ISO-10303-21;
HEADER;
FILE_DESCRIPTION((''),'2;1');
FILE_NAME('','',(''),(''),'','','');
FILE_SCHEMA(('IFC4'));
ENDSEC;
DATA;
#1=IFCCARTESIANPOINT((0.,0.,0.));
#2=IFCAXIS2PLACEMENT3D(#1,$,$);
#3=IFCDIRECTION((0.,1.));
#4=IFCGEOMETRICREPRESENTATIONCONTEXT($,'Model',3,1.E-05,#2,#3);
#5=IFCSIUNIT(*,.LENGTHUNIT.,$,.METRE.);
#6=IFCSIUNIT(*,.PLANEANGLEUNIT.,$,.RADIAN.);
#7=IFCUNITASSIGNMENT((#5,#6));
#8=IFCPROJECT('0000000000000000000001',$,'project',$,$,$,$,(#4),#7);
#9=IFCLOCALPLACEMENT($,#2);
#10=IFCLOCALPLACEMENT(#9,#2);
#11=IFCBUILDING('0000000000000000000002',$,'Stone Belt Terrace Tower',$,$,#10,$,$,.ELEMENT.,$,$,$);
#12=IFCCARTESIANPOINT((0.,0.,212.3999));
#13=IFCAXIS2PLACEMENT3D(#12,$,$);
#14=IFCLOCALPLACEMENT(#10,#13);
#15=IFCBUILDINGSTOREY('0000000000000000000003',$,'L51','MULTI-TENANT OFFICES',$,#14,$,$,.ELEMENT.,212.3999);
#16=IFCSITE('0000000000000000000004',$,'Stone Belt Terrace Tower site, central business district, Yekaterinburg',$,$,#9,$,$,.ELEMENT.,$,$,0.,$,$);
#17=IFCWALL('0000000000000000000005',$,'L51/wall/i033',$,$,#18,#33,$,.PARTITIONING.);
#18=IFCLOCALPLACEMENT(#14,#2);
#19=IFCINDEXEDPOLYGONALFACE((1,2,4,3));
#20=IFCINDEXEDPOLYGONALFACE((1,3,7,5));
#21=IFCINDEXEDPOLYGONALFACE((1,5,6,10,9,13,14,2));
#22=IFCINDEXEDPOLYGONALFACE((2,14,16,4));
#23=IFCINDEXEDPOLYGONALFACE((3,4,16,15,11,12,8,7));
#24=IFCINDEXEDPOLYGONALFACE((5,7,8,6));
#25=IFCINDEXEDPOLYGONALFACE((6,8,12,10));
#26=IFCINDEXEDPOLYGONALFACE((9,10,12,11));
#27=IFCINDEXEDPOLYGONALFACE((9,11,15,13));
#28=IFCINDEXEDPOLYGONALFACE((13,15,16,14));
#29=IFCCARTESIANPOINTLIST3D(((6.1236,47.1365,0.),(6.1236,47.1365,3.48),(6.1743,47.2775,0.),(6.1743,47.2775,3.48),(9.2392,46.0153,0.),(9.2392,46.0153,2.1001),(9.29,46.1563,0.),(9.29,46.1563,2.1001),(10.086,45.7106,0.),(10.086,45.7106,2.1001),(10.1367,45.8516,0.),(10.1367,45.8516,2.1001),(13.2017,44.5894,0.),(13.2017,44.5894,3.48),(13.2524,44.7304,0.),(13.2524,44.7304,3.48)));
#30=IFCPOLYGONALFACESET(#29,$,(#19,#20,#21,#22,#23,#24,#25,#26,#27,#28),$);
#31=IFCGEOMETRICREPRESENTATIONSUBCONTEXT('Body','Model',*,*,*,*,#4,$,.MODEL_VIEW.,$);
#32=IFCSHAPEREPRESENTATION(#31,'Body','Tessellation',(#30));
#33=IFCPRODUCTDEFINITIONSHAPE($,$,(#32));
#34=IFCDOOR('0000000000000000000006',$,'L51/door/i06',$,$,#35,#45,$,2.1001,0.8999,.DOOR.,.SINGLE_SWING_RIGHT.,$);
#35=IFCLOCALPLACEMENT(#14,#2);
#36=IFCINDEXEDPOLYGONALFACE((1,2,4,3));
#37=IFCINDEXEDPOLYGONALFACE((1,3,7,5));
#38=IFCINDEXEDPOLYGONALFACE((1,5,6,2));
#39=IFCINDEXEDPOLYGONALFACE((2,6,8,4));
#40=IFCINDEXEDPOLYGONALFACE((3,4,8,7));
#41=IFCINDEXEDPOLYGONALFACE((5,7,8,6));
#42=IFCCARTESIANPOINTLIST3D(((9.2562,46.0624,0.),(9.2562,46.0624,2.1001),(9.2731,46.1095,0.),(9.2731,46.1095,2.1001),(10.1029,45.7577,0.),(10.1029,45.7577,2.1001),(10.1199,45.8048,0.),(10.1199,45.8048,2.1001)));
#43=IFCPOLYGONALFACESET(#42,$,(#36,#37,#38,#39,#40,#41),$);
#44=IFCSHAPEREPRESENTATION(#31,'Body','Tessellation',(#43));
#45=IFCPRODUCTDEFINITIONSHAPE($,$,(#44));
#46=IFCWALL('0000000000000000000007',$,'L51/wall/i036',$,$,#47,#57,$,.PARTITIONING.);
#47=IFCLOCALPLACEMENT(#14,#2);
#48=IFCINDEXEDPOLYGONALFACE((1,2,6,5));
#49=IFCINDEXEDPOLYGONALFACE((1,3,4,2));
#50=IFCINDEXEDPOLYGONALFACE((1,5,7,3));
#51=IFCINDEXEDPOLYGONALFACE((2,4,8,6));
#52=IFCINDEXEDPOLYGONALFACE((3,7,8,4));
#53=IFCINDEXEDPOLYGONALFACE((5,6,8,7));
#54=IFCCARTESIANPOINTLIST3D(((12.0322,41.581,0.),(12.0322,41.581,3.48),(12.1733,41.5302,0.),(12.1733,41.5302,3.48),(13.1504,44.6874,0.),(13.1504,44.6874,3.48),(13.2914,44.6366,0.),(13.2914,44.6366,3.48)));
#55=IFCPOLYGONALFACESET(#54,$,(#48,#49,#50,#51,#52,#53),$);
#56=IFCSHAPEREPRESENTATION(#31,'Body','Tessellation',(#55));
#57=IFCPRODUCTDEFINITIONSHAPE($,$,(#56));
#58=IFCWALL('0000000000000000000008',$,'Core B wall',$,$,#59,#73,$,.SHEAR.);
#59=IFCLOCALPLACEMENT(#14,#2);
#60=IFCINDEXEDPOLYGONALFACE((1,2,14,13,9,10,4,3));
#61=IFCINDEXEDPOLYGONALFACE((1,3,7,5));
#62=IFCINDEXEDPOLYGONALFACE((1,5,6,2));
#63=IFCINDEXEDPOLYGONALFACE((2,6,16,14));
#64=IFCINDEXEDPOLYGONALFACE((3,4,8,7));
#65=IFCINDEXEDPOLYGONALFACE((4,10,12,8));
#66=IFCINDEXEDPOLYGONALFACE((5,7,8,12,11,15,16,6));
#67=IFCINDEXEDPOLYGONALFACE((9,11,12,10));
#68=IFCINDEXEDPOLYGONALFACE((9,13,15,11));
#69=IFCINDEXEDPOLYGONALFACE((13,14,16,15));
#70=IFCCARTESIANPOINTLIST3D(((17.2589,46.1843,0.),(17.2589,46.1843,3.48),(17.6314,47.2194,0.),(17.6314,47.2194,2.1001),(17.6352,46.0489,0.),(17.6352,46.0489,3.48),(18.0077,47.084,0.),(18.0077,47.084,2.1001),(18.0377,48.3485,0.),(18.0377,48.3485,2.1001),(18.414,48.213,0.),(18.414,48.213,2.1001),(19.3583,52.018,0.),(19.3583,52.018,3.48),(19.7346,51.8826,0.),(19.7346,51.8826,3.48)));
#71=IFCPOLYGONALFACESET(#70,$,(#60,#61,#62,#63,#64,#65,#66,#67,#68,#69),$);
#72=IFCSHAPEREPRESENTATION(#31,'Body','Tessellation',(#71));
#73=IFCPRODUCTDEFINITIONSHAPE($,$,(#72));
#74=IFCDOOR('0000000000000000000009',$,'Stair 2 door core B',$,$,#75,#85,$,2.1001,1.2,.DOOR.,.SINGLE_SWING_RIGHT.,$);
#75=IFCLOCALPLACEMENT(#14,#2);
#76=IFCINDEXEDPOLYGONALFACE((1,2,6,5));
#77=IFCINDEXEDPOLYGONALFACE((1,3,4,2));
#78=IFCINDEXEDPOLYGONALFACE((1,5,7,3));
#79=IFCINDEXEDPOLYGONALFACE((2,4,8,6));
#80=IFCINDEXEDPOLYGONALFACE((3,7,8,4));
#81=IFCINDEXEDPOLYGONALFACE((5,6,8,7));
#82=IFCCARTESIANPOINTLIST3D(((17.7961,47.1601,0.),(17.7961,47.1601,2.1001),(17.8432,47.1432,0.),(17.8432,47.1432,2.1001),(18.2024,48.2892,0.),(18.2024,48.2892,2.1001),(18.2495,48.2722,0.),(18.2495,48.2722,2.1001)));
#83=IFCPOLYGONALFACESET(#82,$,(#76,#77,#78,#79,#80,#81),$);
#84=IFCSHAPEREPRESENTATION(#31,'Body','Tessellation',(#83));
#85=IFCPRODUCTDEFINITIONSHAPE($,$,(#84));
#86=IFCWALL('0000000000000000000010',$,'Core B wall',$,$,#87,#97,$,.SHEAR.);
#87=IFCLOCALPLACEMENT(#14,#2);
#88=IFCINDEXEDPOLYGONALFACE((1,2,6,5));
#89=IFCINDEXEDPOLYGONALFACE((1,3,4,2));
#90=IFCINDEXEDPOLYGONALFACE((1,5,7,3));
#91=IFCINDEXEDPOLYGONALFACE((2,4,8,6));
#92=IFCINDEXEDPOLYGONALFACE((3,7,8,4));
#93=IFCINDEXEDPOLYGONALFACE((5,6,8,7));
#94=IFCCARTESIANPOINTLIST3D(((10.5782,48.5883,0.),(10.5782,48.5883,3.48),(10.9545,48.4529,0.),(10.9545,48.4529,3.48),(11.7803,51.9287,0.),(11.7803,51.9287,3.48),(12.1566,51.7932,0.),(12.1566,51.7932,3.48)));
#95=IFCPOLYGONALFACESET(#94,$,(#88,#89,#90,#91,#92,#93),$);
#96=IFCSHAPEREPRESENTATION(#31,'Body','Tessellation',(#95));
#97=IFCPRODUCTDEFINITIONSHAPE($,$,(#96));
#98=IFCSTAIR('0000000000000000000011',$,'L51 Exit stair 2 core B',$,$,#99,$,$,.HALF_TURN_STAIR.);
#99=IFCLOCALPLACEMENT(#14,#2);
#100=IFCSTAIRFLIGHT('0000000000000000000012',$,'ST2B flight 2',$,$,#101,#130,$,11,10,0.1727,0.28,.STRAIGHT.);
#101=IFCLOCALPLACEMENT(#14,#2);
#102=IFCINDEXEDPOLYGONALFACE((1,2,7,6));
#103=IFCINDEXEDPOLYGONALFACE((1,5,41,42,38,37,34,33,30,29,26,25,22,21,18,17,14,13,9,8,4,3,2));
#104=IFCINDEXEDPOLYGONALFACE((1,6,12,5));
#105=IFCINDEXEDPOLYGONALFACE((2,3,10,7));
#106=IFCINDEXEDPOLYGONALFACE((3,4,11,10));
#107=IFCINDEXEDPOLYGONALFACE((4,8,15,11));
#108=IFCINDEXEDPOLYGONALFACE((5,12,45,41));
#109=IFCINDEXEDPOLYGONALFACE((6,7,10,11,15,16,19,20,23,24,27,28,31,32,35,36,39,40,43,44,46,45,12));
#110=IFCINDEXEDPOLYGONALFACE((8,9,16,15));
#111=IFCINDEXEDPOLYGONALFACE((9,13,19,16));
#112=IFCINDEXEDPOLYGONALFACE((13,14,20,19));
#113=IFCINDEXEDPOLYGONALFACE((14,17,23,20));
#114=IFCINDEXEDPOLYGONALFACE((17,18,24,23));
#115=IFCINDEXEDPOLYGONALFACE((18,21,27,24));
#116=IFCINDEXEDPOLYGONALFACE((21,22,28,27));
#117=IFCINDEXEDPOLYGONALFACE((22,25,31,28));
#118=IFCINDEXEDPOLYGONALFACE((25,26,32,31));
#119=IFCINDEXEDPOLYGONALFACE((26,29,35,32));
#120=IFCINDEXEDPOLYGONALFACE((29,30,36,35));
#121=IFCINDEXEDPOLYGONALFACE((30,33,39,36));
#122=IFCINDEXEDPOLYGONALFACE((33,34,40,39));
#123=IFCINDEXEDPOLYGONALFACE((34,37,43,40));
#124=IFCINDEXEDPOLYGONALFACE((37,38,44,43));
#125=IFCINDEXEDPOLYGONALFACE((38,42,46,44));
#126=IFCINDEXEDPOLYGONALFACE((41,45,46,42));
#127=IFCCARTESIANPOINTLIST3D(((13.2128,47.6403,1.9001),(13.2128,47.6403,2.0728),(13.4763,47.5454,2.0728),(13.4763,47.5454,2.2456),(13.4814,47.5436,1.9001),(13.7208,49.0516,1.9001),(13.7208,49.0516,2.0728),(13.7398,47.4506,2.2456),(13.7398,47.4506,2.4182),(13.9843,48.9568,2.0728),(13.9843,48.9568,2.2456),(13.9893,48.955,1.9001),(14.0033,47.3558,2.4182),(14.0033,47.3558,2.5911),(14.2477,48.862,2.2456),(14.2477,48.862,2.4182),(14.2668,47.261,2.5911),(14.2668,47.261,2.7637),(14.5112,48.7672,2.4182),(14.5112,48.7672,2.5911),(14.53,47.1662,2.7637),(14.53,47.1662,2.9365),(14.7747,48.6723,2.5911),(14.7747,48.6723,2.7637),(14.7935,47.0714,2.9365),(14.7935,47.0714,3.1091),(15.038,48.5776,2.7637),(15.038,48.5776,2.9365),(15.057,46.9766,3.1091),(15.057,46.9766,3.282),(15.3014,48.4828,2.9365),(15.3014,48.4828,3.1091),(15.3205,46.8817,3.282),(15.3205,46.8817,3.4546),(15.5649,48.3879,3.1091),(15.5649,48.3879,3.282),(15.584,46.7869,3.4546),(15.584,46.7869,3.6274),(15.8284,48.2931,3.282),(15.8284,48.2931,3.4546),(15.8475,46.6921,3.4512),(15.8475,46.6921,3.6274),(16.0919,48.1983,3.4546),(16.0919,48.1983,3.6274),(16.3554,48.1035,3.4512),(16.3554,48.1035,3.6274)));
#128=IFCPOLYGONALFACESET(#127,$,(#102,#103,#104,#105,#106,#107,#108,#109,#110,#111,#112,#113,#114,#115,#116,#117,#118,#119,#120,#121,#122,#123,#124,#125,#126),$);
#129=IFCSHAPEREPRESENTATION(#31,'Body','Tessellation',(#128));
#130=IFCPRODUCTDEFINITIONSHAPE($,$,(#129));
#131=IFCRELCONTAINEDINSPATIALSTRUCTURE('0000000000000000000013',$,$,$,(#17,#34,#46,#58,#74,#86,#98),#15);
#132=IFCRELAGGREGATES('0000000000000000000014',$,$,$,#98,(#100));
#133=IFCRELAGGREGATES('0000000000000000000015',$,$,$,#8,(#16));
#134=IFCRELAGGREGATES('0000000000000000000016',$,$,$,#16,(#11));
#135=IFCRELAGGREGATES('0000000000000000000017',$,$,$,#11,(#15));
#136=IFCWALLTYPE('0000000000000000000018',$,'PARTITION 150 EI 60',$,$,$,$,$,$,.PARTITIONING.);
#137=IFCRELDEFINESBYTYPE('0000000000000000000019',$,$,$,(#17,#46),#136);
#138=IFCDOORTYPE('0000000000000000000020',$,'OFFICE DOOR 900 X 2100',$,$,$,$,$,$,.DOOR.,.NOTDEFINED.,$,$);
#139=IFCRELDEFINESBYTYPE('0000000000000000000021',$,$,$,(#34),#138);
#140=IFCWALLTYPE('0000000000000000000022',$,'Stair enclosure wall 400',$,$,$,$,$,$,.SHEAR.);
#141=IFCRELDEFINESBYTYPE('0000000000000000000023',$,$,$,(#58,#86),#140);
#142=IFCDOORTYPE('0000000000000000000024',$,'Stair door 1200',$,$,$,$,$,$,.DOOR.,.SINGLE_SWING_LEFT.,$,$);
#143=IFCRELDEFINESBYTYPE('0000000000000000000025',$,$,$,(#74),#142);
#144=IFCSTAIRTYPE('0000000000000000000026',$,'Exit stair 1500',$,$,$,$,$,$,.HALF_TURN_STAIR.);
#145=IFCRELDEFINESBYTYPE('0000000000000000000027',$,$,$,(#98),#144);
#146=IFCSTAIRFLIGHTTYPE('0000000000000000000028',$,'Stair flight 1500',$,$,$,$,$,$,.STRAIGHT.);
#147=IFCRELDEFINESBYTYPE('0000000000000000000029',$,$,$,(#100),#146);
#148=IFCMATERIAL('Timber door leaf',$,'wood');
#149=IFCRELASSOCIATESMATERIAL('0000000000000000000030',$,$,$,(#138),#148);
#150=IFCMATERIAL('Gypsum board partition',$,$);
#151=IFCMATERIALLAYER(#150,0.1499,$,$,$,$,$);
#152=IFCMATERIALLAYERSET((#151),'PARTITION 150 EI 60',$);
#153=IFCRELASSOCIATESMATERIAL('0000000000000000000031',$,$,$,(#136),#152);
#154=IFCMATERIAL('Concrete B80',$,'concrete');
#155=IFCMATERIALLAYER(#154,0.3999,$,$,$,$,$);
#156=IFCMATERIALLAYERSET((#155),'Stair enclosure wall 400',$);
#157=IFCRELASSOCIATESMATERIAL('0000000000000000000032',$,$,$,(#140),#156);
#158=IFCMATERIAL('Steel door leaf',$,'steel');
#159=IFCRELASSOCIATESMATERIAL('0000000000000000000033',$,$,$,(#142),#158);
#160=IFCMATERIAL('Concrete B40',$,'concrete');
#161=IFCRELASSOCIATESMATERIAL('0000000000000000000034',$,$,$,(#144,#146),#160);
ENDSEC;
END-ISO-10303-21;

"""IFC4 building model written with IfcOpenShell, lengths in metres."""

from ifc_helpers import new_model, si_unit, direction, frame, frame_2d, origin, place, context, subcontext, project, spatial, polyline, rectangle, outline, extrude, material, layer, layer_set, type_object, element, fill, aggregate, save


model = new_model("IFC4")

# Units and contexts
model_context = context("Model", 3, precision=1e-05, world=origin(), true_north=direction((0.0, 1.0)))
body_context = subcontext(model_context, "Body", "Model", "MODEL_VIEW")
ifc_project = project(units=[si_unit("LENGTHUNIT", "METRE"), si_unit("PLANEANGLEUNIT", "RADIAN")], contexts=[model_context])

# Site, building, storey
site_placement = place(None, origin())
site = spatial("IfcSite", under=ifc_project, at=site_placement, Name="Stone Belt Terrace Tower site, central business district, Yekaterinburg", CompositionType="ELEMENT", RefElevation=0.0)
building_placement = place(site_placement, origin())
building = spatial("IfcBuilding", under=site, at=building_placement, Name="Stone Belt Terrace Tower", CompositionType="ELEMENT")
storey_placement = place(building_placement, frame((0.0, 0.0, 212.3999)))
storey = spatial("IfcBuildingStorey", under=building, at=storey_placement, Name="L51", Description="MULTI-TENANT OFFICES", CompositionType="ELEMENT", Elevation=212.3999)

# Shared definitions
ifc_material_1 = material(Name="Gypsum board partition")
ifc_material_2 = material(Name="Timber door leaf", Category="wood")
door_type_1 = type_object("IfcDoorType", Name="OFFICE DOOR 900 X 2100", OperationType="NOTDEFINED", PredefinedType="DOOR", material=ifc_material_2)

# Shared definitions
ifc_layer_1 = layer(ifc_material_1, 0.1499)
ifc_layer_set_1 = layer_set([ifc_layer_1], Name="PARTITION 150 EI 60")
wall_type_1 = type_object("IfcWallType", Name="PARTITION 150 EI 60", PredefinedType="PARTITIONING", material=ifc_layer_set_1)

# Wall, opening, door
wall_1_placement = place(storey_placement, frame((13.2271, 44.6599, 0.0), z_axis=(0.0, 0.0, 1.0), x_axis=(-0.94093, 0.338601, 0.0)))
wall_1 = element("IfcWall", 1, at=wall_1_placement, inside=storey, type_object=wall_type_1, Name="L51/wall/i033", PredefinedType="PARTITIONING", context=body_context, shape_type="SweptSolid", body=[
    extrude(rectangle(XDim=7.5225, YDim=0.1499, at=frame_2d((3.7612, 0.0))), origin(), (0.0, 0.0, 1.0), 3.48),
])
opening_1_placement = place(wall_1_placement, frame((3.3113, 0.0, 0.0)))
opening_1 = element("IfcOpeningElement", 2, at=opening_1_placement, cuts=wall_1, PredefinedType="OPENING", context=body_context, shape_type="SweptSolid", body=[
    extrude(rectangle(XDim=0.8999, YDim=2.1001, at=frame_2d((0.45, 1.05))), frame((0.0, 0.085, 0.0), z_axis=(0.0, -1.0, 0.0), x_axis=(1.0, 0.0, 0.0)), (0.0, 0.0, 1.0), 0.1699),
])
door_1_placement = place(opening_1_placement, origin())
door_1 = element("IfcDoor", 3, at=door_1_placement, inside=storey, type_object=door_type_1, Name="L51/door/i06", OperationType="SINGLE_SWING_RIGHT", OverallHeight=2.1001, OverallWidth=0.8999, PredefinedType="DOOR", context=body_context, shape_type="SweptSolid", body=[
    extrude(rectangle(XDim=0.8999, YDim=2.1001, at=frame_2d((0.45, 1.05))), frame((0.0, 0.0249, 0.0), z_axis=(0.0, -1.0, 0.0), x_axis=(1.0, 0.0, 0.0)), (0.0, 0.0, 1.0), 0.05),
])
fill(opening_1, door_1)

# Wall
wall_2_placement = place(storey_placement, frame((13.2209, 44.6621, 0.0), z_axis=(0.0, 0.0, 1.0), x_axis=(-0.338678, -0.940902, 0.0)))
element("IfcWall", 4, at=wall_2_placement, inside=storey, type_object=wall_type_1, Name="L51/wall/i036", PredefinedType="PARTITIONING", context=body_context, shape_type="SweptSolid", body=[
    extrude(rectangle(XDim=3.3015, YDim=0.1499, at=frame_2d((1.6509, 0.0))), origin(), (0.0, 0.0, 1.0), 3.48),
])

# Wall, opening, door
ifc_material_3 = material(Name="Concrete B80", Category="concrete")
ifc_layer_2 = layer(ifc_material_3, 0.3999)
ifc_layer_set_2 = layer_set([ifc_layer_2], Name="Stair enclosure wall 400")
wall_type_2 = type_object("IfcWallType", Name="Stair enclosure wall 400", PredefinedType="SHEAR", material=ifc_layer_set_2)
wall_3_placement = place(storey_placement, frame((17.447, 46.1165, 0.0), z_axis=(0.0, 0.0, 1.0), x_axis=(0.338608, 0.940928, 0.0)))
wall_3 = element("IfcWall", 5, at=wall_3_placement, inside=storey, type_object=wall_type_2, Name="Core B wall", PredefinedType="SHEAR", context=body_context, shape_type="SweptSolid", body=[
    extrude(rectangle(XDim=6.2, YDim=0.3999, at=frame_2d((3.1001, 0.0))), origin(), (0.0, 0.0, 1.0), 3.48),
])
opening_2_placement = place(wall_3_placement, frame((1.1001, 0.0, 0.0)))
opening_2 = element("IfcOpeningElement", 6, at=opening_2_placement, cuts=wall_3, PredefinedType="OPENING", context=body_context, shape_type="SweptSolid", body=[
    extrude(rectangle(XDim=1.2, YDim=2.1001, at=frame_2d((0.6001, 1.05))), frame((0.0, 0.21, 0.0), z_axis=(0.0, -1.0, 0.0), x_axis=(1.0, 0.0, 0.0)), (0.0, 0.0, 1.0), 0.4199),
])
ifc_material_4 = material(Name="Steel door leaf", Category="steel")
door_type_2 = type_object("IfcDoorType", Name="Stair door 1200", OperationType="SINGLE_SWING_LEFT", PredefinedType="DOOR", material=ifc_material_4)
door_2_placement = place(opening_2_placement, origin())
door_2 = element("IfcDoor", 7, at=door_2_placement, inside=storey, type_object=door_type_2, Name="Stair 2 door core B", OperationType="SINGLE_SWING_RIGHT", OverallHeight=2.1001, OverallWidth=1.2, PredefinedType="DOOR", context=body_context, shape_type="SweptSolid", body=[
    extrude(rectangle(XDim=1.2, YDim=2.1001, at=frame_2d((0.6001, 1.05))), frame((0.0, 0.0249, 0.0), z_axis=(0.0, -1.0, 0.0), x_axis=(1.0, 0.0, 0.0)), (0.0, 0.0, 1.0), 0.05),
])
fill(opening_2, door_2)

# Wall
wall_4_placement = place(storey_placement, frame((10.7664, 48.5208, 0.0), z_axis=(0.0, 0.0, 1.0), x_axis=(0.338627, 0.940921, 0.0)))
element("IfcWall", 8, at=wall_4_placement, inside=storey, type_object=wall_type_2, Name="Core B wall", PredefinedType="SHEAR", context=body_context, shape_type="SweptSolid", body=[
    extrude(rectangle(XDim=3.55, YDim=0.3999, at=frame_2d((1.7749, 0.0))), origin(), (0.0, 0.0, 1.0), 3.48),
])

# Stair, stair flight
ifc_material_5 = material(Name="Concrete B40", Category="concrete")
stair_type = type_object("IfcStairType", Name="Exit stair 1500", PredefinedType="HALF_TURN_STAIR", material=ifc_material_5)
stair_placement = place(storey_placement, origin())
stair = element("IfcStair", 9, at=stair_placement, inside=storey, type_object=stair_type, Name="L51 Exit stair 2 core B", PredefinedType="HALF_TURN_STAIR")
stair_flight_type = type_object("IfcStairFlightType", Name="Stair flight 1500", PredefinedType="STRAIGHT", material=ifc_material_5)
stair_flight_placement = place(storey_placement, frame((13.4668, 48.3459, 1.9001), z_axis=(0.0, 0.0, 1.0), x_axis=(0.940922, -0.338624, 0.0)))
stair_flight = element("IfcStairFlight", 10, at=stair_flight_placement, type_object=stair_flight_type, Name="ST2B flight 2", NumberOfRisers=11, NumberOfTreads=10, PredefinedType="STRAIGHT", RiserHeight=0.1727, TreadLength=0.28, context=body_context, shape_type="SweptSolid", body=[
    extrude(outline(polyline([(0.0, 0.0), (0.0, 0.1726), (0.28, 0.1726), (0.28, 0.3455), (0.5601, 0.3455), (0.5601, 0.5181), (0.8401, 0.5181), (0.8401, 0.6909), (1.1201, 0.6909), (1.1201, 0.8635), (1.3999, 0.8635), (1.3999, 1.0364), (1.6799, 1.0364), (1.6799, 1.209), (1.96, 1.209), (1.96, 1.3818), (2.24, 1.3818), (2.24, 1.5544), (2.52, 1.5544), (2.52, 1.7273), (2.8, 1.7273), (2.8, 1.8999), (2.8, 1.551), (0.2854, 0.0), (0.0, 0.0)])), frame((0.0, 0.75, 0.0), z_axis=(0.0, -1.0, 0.0), x_axis=(1.0, 0.0, 0.0)), (0.0, 0.0, 1.0), 1.5),
])
aggregate(stair, [stair_flight])

save(model, "model.ifc")
